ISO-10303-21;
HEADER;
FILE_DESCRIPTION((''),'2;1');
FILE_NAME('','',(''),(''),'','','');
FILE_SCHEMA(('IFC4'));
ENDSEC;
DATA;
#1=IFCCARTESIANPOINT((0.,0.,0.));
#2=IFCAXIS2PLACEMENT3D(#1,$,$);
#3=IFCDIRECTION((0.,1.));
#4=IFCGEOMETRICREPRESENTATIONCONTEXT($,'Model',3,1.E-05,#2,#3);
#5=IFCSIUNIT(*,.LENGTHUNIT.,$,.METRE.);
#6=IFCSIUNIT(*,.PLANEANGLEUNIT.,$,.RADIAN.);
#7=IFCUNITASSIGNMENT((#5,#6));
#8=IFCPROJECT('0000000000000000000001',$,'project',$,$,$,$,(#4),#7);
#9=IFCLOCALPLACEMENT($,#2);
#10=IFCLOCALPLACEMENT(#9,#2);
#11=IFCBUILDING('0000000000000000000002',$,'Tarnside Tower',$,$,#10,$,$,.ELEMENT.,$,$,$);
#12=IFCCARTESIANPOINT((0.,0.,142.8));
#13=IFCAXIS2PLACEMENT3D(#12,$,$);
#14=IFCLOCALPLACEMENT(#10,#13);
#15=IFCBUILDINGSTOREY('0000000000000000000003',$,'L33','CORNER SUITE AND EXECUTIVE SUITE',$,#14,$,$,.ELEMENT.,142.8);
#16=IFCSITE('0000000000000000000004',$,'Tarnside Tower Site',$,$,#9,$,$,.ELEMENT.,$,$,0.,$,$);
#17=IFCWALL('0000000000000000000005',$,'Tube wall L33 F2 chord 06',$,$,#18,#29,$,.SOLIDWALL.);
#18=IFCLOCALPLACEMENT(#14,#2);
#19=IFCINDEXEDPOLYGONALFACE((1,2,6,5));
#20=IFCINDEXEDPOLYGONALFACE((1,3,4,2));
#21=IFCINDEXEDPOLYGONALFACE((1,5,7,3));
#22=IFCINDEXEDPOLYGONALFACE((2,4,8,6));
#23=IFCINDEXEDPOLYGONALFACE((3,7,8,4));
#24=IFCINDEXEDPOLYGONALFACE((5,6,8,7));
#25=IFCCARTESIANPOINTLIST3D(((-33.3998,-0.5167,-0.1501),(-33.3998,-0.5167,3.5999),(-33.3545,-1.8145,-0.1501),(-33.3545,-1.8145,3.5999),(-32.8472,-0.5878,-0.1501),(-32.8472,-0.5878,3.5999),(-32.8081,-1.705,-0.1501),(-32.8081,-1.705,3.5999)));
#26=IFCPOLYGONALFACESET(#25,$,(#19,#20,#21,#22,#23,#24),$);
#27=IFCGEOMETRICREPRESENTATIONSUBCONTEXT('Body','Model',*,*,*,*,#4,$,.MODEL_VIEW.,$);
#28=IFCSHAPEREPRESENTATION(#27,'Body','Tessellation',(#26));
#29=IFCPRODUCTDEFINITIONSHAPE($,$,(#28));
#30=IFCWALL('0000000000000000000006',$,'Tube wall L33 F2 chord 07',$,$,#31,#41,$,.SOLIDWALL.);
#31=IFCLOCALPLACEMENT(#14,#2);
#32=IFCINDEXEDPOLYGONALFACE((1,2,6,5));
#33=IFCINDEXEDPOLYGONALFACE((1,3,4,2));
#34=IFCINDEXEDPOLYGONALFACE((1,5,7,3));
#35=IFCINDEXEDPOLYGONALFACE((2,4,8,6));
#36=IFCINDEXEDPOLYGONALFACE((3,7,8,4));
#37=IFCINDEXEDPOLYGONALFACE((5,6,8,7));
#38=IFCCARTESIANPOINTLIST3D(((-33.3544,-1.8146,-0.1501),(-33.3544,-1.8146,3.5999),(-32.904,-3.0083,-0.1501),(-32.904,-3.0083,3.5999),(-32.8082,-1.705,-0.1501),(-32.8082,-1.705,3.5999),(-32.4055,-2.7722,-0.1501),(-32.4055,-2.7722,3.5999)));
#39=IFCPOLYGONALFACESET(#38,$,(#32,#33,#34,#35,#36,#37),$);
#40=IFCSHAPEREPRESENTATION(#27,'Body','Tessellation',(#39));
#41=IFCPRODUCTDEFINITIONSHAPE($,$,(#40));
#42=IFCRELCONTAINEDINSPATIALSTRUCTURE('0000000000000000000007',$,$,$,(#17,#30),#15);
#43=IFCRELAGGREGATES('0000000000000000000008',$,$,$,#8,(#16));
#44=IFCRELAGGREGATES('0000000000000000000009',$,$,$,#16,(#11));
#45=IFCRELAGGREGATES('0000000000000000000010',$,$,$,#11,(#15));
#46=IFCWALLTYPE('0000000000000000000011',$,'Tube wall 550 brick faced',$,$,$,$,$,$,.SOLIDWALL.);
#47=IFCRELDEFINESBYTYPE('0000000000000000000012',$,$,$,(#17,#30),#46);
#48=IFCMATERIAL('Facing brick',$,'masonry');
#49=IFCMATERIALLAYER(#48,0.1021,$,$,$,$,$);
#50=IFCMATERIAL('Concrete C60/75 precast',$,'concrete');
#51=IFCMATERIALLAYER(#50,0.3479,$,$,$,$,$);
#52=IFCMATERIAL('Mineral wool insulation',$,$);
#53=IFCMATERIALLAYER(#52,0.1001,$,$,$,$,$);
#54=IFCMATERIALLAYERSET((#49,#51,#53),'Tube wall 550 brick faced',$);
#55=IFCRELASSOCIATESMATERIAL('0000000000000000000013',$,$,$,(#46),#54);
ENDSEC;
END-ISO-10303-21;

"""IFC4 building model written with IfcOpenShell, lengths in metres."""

from ifc_helpers import new_model, si_unit, direction, frame, origin, place, context, subcontext, project, spatial, polyline, outline, extrude, material, layer, layer_set, type_object, element, save


model = new_model("IFC4")

# Units and contexts
model_context = context("Model", 3, precision=1e-05, world=origin(), true_north=direction((0.0, 1.0)))
body_context = subcontext(model_context, "Body", "Model", "MODEL_VIEW")
ifc_project = project(units=[si_unit("LENGTHUNIT", "METRE"), si_unit("PLANEANGLEUNIT", "RADIAN")], contexts=[model_context])

# Site, building, storey
site_placement = place(None, origin())
site = spatial("IfcSite", under=ifc_project, at=site_placement, Name="Tarnside Tower Site", CompositionType="ELEMENT", RefElevation=0.0)
building_placement = place(site_placement, origin())
building = spatial("IfcBuilding", under=site, at=building_placement, Name="Tarnside Tower", CompositionType="ELEMENT")
storey_placement = place(building_placement, frame((0.0, 0.0, 142.8)))
storey = spatial("IfcBuildingStorey", under=building, at=storey_placement, Name="L33", Description="CORNER SUITE AND EXECUTIVE SUITE", CompositionType="ELEMENT", Elevation=142.8)

# Walls
ifc_material_1 = material(Name="Facing brick", Category="masonry")
ifc_layer_1 = layer(ifc_material_1, 0.1021)
ifc_material_2 = material(Name="Concrete C60/75 precast", Category="concrete")
ifc_layer_2 = layer(ifc_material_2, 0.3479)
ifc_material_3 = material(Name="Mineral wool insulation")
ifc_layer_3 = layer(ifc_material_3, 0.1001)
ifc_layer_set_1 = layer_set([ifc_layer_1, ifc_layer_2, ifc_layer_3], Name="Tube wall 550 brick faced")
wall_type_1 = type_object("IfcWallType", Name="Tube wall 550 brick faced", PredefinedType="SOLIDWALL", material=ifc_layer_set_1)
wall_1_placement = place(storey_placement, frame((-33.1235, -0.5522, -0.1501), z_axis=(0.0, 0.0, 1.0), x_axis=(0.034956, -0.999389, 0.0)))
element("IfcWall", 1, at=wall_1_placement, inside=storey, type_object=wall_type_1, Name="Tube wall L33 F2 chord 06", PredefinedType="SOLIDWALL", context=body_context, shape_type="SweptSolid", body=[
    extrude(outline(polyline([(-0.0452, -0.2749), (1.2534, -0.2749), (1.1631, 0.2749), (0.0452, 0.2749), (-0.0452, -0.2749)])), origin(), (0.0, 0.0, 1.0), 3.75),
])
wall_2_placement = place(storey_placement, frame((-33.0813, -1.7598, -0.1501), z_axis=(0.0, 0.0, 1.0), x_axis=(0.353027, -0.935613, 0.0)))
element("IfcWall", 2, at=wall_2_placement, inside=storey, type_object=wall_type_1, Name="Tube wall L33 F2 chord 07", PredefinedType="SOLIDWALL", context=body_context, shape_type="SweptSolid", body=[
    extrude(outline(polyline([(-0.0452, -0.2749), (1.2307, -0.2749), (1.1858, 0.2749), (0.0452, 0.2749), (-0.0452, -0.2749)])), origin(), (0.0, 0.0, 1.0), 3.75),
])

save(model, "model.ifc")
